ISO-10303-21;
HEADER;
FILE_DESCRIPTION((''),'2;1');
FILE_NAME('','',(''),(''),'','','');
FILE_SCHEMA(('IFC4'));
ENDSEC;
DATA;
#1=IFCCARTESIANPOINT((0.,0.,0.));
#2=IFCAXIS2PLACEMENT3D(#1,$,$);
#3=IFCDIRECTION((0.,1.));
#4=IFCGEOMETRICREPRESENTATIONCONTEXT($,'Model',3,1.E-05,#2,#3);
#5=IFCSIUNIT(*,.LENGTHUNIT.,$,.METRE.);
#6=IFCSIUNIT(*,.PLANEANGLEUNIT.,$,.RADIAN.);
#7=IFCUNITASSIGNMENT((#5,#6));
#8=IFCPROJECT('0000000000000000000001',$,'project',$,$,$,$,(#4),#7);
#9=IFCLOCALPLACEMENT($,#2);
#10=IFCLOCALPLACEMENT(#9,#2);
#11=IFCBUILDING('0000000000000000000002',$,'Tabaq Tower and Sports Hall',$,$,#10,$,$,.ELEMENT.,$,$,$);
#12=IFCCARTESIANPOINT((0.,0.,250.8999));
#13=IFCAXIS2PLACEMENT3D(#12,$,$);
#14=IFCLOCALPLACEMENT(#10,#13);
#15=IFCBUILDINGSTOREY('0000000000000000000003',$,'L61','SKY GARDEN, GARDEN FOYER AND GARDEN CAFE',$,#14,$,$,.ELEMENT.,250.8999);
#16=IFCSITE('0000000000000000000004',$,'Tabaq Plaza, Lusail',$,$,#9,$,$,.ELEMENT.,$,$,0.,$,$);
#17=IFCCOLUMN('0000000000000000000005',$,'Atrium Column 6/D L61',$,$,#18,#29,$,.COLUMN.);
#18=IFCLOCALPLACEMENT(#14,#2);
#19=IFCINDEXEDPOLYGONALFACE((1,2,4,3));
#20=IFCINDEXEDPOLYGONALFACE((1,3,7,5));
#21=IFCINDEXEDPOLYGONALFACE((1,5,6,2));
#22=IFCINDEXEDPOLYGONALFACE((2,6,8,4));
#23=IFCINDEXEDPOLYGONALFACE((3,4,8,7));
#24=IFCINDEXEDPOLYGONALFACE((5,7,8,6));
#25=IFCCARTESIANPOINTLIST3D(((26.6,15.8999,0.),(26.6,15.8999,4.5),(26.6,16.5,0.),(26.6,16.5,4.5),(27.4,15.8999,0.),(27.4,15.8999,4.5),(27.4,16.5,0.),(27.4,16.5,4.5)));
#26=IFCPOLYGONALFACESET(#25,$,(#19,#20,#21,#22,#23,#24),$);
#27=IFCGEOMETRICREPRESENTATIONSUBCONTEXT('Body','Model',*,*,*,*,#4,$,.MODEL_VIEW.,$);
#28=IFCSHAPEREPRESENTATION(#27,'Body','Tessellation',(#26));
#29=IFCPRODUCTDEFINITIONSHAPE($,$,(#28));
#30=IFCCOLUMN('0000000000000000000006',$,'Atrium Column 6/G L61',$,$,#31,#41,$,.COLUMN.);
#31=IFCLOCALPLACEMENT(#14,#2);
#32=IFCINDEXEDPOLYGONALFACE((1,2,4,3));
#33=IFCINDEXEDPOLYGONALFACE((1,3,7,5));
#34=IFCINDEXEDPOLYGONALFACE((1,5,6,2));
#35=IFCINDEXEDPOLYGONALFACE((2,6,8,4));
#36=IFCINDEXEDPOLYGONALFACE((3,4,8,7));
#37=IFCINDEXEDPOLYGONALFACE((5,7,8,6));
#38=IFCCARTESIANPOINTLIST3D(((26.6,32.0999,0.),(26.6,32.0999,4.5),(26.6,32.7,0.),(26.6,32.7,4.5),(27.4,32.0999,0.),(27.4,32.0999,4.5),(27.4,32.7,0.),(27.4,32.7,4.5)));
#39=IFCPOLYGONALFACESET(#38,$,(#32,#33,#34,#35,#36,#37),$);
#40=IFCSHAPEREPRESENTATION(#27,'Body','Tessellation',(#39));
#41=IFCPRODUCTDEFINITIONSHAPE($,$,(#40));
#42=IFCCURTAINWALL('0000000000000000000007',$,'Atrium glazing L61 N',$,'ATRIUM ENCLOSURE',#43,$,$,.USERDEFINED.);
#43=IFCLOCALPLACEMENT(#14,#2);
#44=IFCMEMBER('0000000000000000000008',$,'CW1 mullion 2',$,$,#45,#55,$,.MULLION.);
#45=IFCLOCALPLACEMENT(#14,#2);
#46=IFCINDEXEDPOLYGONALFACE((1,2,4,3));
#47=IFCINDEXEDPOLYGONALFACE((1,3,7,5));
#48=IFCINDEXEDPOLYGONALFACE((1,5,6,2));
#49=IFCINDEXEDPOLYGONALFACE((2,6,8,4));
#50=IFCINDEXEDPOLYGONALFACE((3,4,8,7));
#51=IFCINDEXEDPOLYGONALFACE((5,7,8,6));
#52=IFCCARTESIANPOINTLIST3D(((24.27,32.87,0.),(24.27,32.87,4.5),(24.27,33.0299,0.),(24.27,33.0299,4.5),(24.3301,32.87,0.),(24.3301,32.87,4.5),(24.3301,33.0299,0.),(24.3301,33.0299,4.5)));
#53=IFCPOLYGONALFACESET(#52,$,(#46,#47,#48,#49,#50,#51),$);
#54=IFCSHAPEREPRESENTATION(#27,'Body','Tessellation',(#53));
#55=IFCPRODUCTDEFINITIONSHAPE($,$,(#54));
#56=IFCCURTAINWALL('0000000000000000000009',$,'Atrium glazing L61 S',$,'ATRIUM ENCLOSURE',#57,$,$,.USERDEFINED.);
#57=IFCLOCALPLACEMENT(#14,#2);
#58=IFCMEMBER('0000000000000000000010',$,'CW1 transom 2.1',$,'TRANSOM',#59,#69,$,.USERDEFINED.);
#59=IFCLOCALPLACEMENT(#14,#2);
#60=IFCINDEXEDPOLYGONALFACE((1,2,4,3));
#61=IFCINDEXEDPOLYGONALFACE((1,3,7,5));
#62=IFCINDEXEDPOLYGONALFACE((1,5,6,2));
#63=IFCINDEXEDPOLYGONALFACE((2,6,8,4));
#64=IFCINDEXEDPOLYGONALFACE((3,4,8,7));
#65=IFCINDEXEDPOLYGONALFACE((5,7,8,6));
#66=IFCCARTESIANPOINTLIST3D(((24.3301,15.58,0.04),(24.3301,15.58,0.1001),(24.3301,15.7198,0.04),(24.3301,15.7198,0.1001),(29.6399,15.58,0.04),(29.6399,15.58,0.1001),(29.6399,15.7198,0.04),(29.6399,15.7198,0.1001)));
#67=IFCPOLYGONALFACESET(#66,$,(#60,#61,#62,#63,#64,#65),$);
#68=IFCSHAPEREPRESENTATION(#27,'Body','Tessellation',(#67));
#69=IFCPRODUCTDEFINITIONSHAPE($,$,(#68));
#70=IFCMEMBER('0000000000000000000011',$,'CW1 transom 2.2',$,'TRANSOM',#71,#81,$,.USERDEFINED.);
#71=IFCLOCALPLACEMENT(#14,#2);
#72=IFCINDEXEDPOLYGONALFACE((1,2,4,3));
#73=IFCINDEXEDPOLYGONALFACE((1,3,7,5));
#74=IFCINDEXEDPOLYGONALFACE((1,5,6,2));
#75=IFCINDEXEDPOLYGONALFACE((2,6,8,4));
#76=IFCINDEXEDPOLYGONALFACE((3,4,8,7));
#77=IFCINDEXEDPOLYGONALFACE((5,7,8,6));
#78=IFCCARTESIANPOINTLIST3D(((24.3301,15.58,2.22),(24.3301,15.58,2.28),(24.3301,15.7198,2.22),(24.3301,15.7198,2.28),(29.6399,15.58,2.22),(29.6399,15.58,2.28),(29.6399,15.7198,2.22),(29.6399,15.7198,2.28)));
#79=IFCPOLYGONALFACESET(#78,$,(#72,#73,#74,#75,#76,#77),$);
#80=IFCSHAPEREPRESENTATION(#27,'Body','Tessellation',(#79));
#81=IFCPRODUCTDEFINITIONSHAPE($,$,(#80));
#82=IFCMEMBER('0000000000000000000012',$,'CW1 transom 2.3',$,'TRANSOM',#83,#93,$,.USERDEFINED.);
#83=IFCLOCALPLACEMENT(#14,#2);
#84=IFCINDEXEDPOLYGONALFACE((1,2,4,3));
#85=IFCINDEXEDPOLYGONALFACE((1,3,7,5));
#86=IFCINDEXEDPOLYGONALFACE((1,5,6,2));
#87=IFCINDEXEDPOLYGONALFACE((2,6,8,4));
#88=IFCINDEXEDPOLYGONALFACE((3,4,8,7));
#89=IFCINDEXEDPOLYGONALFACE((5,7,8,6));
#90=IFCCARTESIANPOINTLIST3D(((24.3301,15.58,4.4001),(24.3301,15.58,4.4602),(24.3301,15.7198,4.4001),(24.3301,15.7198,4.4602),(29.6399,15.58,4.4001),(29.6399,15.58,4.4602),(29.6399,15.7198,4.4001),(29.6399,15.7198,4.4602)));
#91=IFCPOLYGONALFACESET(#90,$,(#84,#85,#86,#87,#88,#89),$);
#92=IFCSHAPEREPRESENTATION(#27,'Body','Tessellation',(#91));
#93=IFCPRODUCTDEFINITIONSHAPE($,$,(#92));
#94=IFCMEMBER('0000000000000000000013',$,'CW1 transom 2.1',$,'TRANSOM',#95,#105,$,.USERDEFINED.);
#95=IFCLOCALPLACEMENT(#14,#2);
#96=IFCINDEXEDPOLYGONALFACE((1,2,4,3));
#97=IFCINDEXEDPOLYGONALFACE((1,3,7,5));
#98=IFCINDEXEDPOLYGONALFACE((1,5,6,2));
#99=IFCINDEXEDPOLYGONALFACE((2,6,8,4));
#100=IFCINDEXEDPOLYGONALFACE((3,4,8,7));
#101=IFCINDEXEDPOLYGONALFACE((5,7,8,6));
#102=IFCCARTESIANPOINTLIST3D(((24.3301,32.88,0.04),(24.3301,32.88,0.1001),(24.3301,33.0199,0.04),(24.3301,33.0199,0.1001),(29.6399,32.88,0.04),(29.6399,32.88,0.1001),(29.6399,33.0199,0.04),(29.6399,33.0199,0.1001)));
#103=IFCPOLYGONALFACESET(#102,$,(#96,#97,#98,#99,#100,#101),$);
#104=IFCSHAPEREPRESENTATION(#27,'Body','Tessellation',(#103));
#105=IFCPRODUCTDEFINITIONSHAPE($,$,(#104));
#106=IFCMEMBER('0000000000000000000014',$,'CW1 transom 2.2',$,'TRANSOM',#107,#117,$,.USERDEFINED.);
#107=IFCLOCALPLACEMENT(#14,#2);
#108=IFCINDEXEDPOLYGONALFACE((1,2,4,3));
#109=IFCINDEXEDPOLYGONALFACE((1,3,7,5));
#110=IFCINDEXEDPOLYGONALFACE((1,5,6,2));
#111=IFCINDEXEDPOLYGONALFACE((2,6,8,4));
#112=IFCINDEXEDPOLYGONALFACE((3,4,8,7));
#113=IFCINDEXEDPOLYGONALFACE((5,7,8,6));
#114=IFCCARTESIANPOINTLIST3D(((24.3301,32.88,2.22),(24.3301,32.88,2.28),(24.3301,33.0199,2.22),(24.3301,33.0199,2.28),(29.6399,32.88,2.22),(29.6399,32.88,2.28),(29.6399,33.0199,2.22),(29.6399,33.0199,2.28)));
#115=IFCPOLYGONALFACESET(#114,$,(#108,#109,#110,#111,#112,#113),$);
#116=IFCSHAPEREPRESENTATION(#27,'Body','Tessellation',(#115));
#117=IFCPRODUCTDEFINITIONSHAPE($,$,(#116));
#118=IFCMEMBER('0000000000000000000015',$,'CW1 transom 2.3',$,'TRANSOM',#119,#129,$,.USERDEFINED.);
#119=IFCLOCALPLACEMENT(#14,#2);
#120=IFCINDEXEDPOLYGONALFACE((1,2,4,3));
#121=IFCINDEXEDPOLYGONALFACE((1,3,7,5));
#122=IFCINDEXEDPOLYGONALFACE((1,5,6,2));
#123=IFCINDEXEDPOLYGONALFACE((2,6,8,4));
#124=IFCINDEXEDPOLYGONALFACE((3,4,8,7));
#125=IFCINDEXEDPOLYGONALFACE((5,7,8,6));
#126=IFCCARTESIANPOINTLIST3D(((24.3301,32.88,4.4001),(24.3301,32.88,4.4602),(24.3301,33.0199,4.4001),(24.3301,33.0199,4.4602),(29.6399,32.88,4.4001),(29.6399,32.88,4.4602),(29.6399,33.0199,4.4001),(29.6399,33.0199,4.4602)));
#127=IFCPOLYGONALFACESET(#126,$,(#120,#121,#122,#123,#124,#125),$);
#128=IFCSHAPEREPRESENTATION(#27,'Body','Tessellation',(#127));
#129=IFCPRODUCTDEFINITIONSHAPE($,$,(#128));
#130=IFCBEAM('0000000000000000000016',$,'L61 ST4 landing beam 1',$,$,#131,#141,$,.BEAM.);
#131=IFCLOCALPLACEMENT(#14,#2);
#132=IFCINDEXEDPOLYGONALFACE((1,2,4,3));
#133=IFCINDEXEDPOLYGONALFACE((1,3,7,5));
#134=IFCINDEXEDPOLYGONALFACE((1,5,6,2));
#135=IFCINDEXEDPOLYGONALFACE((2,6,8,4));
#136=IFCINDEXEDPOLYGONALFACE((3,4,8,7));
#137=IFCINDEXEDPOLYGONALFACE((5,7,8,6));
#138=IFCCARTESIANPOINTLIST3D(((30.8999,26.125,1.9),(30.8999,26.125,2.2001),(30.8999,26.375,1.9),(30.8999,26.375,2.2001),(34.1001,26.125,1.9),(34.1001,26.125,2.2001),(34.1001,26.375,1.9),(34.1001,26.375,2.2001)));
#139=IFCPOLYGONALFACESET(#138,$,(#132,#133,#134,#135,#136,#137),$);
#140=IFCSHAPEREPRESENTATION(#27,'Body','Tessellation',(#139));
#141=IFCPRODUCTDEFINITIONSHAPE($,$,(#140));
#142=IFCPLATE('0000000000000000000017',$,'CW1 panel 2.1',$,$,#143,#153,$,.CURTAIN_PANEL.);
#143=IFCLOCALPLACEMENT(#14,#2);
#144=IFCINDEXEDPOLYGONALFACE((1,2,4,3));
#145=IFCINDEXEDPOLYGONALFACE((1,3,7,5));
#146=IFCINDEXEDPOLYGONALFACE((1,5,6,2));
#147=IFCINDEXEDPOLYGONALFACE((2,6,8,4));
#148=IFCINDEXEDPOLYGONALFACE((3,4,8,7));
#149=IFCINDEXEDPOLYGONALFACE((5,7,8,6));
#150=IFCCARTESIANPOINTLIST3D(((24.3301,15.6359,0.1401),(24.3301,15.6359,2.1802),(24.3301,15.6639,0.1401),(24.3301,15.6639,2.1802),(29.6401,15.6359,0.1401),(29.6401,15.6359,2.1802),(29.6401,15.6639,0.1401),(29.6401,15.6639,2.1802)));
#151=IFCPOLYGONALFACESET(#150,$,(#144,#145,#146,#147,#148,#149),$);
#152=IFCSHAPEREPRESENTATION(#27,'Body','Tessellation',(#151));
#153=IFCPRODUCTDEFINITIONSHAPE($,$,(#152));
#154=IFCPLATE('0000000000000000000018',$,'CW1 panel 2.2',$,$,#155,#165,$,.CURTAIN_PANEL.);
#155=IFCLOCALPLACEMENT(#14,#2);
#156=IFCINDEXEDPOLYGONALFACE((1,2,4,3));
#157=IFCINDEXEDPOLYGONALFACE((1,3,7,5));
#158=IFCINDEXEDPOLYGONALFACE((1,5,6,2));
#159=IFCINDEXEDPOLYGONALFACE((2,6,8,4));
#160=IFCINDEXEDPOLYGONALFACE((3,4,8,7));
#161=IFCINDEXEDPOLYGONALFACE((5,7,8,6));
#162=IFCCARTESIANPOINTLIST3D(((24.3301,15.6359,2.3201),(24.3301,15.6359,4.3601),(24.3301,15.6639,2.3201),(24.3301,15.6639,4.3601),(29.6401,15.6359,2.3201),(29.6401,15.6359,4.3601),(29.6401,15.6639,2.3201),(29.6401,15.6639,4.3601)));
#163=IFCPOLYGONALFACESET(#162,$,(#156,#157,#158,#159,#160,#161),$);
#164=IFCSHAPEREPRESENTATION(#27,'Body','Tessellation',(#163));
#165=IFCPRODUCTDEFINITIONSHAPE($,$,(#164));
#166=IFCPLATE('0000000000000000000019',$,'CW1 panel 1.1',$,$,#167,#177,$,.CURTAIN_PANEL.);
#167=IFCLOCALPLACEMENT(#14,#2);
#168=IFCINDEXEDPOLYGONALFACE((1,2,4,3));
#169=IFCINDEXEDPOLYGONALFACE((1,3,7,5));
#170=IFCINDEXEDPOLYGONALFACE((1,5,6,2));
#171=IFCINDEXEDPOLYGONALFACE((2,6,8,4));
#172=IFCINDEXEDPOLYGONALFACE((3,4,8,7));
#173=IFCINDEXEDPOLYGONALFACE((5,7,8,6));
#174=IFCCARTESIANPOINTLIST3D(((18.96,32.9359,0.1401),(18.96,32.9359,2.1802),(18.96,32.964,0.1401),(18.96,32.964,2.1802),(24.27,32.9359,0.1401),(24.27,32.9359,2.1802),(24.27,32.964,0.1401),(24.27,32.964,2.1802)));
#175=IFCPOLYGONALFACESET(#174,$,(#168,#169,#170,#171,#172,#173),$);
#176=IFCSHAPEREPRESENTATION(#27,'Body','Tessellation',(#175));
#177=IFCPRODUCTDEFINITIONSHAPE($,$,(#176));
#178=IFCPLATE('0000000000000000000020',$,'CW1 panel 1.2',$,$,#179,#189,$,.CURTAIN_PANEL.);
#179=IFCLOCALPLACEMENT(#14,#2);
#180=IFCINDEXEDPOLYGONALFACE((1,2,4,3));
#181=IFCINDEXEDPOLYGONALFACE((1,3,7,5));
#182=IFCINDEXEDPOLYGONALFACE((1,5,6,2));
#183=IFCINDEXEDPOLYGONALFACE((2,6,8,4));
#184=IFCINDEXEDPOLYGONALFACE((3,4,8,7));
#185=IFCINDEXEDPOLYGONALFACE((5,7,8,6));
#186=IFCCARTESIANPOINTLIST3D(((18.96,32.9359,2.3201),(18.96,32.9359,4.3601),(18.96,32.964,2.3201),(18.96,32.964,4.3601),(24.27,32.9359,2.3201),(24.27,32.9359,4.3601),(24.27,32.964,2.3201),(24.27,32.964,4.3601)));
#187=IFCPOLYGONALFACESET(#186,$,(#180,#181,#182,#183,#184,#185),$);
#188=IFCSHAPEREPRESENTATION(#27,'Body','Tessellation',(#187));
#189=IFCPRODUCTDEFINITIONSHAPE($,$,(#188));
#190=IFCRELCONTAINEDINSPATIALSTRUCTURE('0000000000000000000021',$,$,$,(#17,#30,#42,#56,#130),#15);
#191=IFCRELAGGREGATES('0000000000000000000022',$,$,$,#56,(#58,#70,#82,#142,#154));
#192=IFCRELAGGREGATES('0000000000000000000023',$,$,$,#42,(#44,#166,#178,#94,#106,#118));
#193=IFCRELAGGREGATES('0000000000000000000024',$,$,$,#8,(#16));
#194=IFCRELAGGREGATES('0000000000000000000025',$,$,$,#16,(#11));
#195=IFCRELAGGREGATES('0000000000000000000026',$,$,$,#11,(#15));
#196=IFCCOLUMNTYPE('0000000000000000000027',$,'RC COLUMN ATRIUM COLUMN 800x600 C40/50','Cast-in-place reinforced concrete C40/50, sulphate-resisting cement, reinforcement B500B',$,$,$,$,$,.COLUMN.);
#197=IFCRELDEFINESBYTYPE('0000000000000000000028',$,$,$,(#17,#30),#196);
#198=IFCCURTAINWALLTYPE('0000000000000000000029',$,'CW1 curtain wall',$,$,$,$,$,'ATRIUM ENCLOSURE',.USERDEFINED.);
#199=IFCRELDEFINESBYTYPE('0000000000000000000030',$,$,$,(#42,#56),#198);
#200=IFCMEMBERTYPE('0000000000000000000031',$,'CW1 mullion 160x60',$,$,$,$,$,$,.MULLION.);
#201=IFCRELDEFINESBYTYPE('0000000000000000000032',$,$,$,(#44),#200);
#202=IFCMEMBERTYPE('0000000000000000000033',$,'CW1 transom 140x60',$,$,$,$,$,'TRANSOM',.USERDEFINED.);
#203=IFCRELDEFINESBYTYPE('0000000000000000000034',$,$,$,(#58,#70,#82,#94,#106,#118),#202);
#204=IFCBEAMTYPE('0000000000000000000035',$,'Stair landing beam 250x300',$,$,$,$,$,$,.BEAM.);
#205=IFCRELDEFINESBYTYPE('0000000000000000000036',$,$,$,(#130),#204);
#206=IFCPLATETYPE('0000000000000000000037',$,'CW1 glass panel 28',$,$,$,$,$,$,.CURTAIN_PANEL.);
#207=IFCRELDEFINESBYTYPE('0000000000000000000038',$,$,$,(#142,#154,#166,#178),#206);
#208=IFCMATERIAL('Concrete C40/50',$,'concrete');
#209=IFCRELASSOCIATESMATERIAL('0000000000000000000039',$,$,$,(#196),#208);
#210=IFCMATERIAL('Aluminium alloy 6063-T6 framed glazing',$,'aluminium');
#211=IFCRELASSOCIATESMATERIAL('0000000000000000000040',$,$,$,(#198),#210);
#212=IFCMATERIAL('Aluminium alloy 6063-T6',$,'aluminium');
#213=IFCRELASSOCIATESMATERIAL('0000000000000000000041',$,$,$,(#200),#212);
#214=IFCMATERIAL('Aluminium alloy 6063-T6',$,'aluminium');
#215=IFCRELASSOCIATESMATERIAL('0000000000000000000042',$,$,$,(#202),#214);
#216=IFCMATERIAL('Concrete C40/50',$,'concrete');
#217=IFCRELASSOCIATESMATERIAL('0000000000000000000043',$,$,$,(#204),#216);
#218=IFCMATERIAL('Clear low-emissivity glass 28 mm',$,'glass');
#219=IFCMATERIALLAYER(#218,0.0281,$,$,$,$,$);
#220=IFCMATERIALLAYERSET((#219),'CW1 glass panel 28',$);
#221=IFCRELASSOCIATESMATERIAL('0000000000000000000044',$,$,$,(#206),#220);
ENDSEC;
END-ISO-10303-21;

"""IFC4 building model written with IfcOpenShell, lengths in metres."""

from ifc_helpers import new_model, si_unit, direction, frame, origin, origin_2d, place, context, subcontext, project, spatial, rectangle, extrude, material, layer, layer_set, material_profile, profile_set, type_object, element, aggregate, save


model = new_model("IFC4")

# Units and contexts
model_context = context("Model", 3, precision=1e-05, world=origin(), true_north=direction((0.0, 1.0)))
body_context = subcontext(model_context, "Body", "Model", "MODEL_VIEW")
ifc_project = project(units=[si_unit("LENGTHUNIT", "METRE"), si_unit("PLANEANGLEUNIT", "RADIAN")], contexts=[model_context])

# Site, building, storey
site_placement = place(None, origin())
site = spatial("IfcSite", under=ifc_project, at=site_placement, Name="Tabaq Plaza, Lusail", CompositionType="ELEMENT", RefElevation=0.0)
building_placement = place(site_placement, origin())
building = spatial("IfcBuilding", under=site, at=building_placement, Name="Tabaq Tower and Sports Hall", CompositionType="ELEMENT")
storey_placement = place(building_placement, frame((0.0, 0.0, 250.8999)))
storey = spatial("IfcBuildingStorey", under=building, at=storey_placement, Name="L61", Description="SKY GARDEN, GARDEN FOYER AND GARDEN CAFE", CompositionType="ELEMENT", Elevation=250.8999)

# Columns
ifc_material_1 = material(Name="Concrete C40/50", Category="concrete")
ifc_material_profile_1 = material_profile(ifc_material_1, rectangle(XDim=0.8, YDim=0.6001, at=origin_2d()), Name="ATRIUM COLUMN 800x600")
ifc_profile_set_1 = profile_set([ifc_material_profile_1], Name="Concrete C40/50")
column_type = type_object("IfcColumnType", Name="RC COLUMN ATRIUM COLUMN 800x600 C40/50", Description="Cast-in-place reinforced concrete C40/50, sulphate-resisting cement, reinforcement B500B", PredefinedType="COLUMN", material=ifc_profile_set_1)
for number, where, z_axis, x_axis, name in (
    (1, (27.0, 16.2, 0.0), (0.0, 0.0, 1.0), (1.0, 0.0, 0.0), "Atrium Column 6/D L61"),
    (2, (27.0, 32.3999, 0.0), (0.0, 0.0, 1.0), (1.0, 0.0, 0.0), "Atrium Column 6/G L61"),
):
    element("IfcColumn", number, at=place(storey_placement, frame(where, z_axis=z_axis, x_axis=x_axis)), inside=storey, type_object=column_type, Name=name, PredefinedType="COLUMN", context=body_context, shape_type="SweptSolid", body=[
        extrude(rectangle(XDim=0.8, YDim=0.6001, at=origin_2d()), origin(), (0.0, 0.0, 1.0), 4.5),
    ])

# Curtain wall, member
ifc_material_2 = material(Name="Aluminium alloy 6063-T6 framed glazing", Category="aluminium")
curtain_wall_type = type_object("IfcCurtainWallType", Name="CW1 curtain wall", ElementType="ATRIUM ENCLOSURE", PredefinedType="USERDEFINED", material=ifc_material_2)
curtain_wall_1_placement = place(storey_placement, origin())
curtain_wall_1 = element("IfcCurtainWall", 3, at=curtain_wall_1_placement, inside=storey, type_object=curtain_wall_type, Name="Atrium glazing L61 N", ObjectType="ATRIUM ENCLOSURE", PredefinedType="USERDEFINED")
ifc_material_3 = material(Name="Aluminium alloy 6063-T6", Category="aluminium")
ifc_material_profile_2 = material_profile(ifc_material_3, rectangle(XDim=0.1599, YDim=0.0601, at=origin_2d()), Name="MULLION 160x60")
ifc_profile_set_2 = profile_set([ifc_material_profile_2], Name="Aluminium alloy 6063-T6")
member_type_1 = type_object("IfcMemberType", Name="CW1 mullion 160x60", PredefinedType="MULLION", material=ifc_profile_set_2)
member_1_placement = place(storey_placement, frame((24.3, 32.95, 0.0), z_axis=(0.0, 0.0, 1.0), x_axis=(0.0, 1.0, 0.0)))
member_1 = element("IfcMember", 4, at=member_1_placement, type_object=member_type_1, Name="CW1 mullion 2", PredefinedType="MULLION", context=body_context, shape_type="SweptSolid", body=[
    extrude(rectangle(XDim=0.1599, YDim=0.0601, at=origin_2d()), origin(), (0.0, 0.0, 1.0), 4.5),
])

# Curtain wall, members
curtain_wall_2_placement = place(storey_placement, origin())
curtain_wall_2 = element("IfcCurtainWall", 5, at=curtain_wall_2_placement, inside=storey, type_object=curtain_wall_type, Name="Atrium glazing L61 S", ObjectType="ATRIUM ENCLOSURE", PredefinedType="USERDEFINED")
ifc_material_4 = material(Name="Aluminium alloy 6063-T6", Category="aluminium")
ifc_material_profile_3 = material_profile(ifc_material_4, rectangle(XDim=0.1399, YDim=0.0601, at=origin_2d()), Name="TRANSOM 140x60")
ifc_profile_set_3 = profile_set([ifc_material_profile_3], Name="Aluminium alloy 6063-T6")
member_type_2 = type_object("IfcMemberType", Name="CW1 transom 140x60", ElementType="TRANSOM", PredefinedType="USERDEFINED", material=ifc_profile_set_3)
member_2_placement = place(storey_placement, frame((24.3301, 15.6499, 0.0701), z_axis=(1.0, 0.0, 0.0), x_axis=(0.0, 1.0, 0.0)))
member_2 = element("IfcMember", 6, at=member_2_placement, type_object=member_type_2, Name="CW1 transom 2.1", ObjectType="TRANSOM", PredefinedType="USERDEFINED", context=body_context, shape_type="SweptSolid", body=[
    extrude(rectangle(XDim=0.1399, YDim=0.0601, at=origin_2d()), origin(), (0.0, 0.0, 1.0), 5.3098),
])
member_3_placement = place(storey_placement, frame((24.3301, 15.6499, 2.25), z_axis=(1.0, 0.0, 0.0), x_axis=(0.0, 1.0, 0.0)))
member_3 = element("IfcMember", 7, at=member_3_placement, type_object=member_type_2, Name="CW1 transom 2.2", ObjectType="TRANSOM", PredefinedType="USERDEFINED", context=body_context, shape_type="SweptSolid", body=[
    extrude(rectangle(XDim=0.1399, YDim=0.0601, at=origin_2d()), origin(), (0.0, 0.0, 1.0), 5.3098),
])
member_4_placement = place(storey_placement, frame((24.3301, 15.6499, 4.4302), z_axis=(1.0, 0.0, 0.0), x_axis=(0.0, 1.0, 0.0)))
member_4 = element("IfcMember", 8, at=member_4_placement, type_object=member_type_2, Name="CW1 transom 2.3", ObjectType="TRANSOM", PredefinedType="USERDEFINED", context=body_context, shape_type="SweptSolid", body=[
    extrude(rectangle(XDim=0.1399, YDim=0.0601, at=origin_2d()), origin(), (0.0, 0.0, 1.0), 5.3098),
])

# Members
member_5_placement = place(storey_placement, frame((24.3301, 32.95, 0.0701), z_axis=(1.0, 0.0, 0.0), x_axis=(0.0, 1.0, 0.0)))
member_5 = element("IfcMember", 9, at=member_5_placement, type_object=member_type_2, Name="CW1 transom 2.1", ObjectType="TRANSOM", PredefinedType="USERDEFINED", context=body_context, shape_type="SweptSolid", body=[
    extrude(rectangle(XDim=0.1399, YDim=0.0601, at=origin_2d()), origin(), (0.0, 0.0, 1.0), 5.3098),
])
member_6_placement = place(storey_placement, frame((24.3301, 32.95, 2.25), z_axis=(1.0, 0.0, 0.0), x_axis=(0.0, 1.0, 0.0)))
member_6 = element("IfcMember", 10, at=member_6_placement, type_object=member_type_2, Name="CW1 transom 2.2", ObjectType="TRANSOM", PredefinedType="USERDEFINED", context=body_context, shape_type="SweptSolid", body=[
    extrude(rectangle(XDim=0.1399, YDim=0.0601, at=origin_2d()), origin(), (0.0, 0.0, 1.0), 5.3098),
])
member_7_placement = place(storey_placement, frame((24.3301, 32.95, 4.4302), z_axis=(1.0, 0.0, 0.0), x_axis=(0.0, 1.0, 0.0)))
member_7 = element("IfcMember", 11, at=member_7_placement, type_object=member_type_2, Name="CW1 transom 2.3", ObjectType="TRANSOM", PredefinedType="USERDEFINED", context=body_context, shape_type="SweptSolid", body=[
    extrude(rectangle(XDim=0.1399, YDim=0.0601, at=origin_2d()), origin(), (0.0, 0.0, 1.0), 5.3098),
])

# Beam
ifc_material_5 = material(Name="Concrete C40/50", Category="concrete")
ifc_material_profile_4 = material_profile(ifc_material_5, rectangle(XDim=0.25, YDim=0.3, at=origin_2d()), Name="RC 250x300")
ifc_profile_set_4 = profile_set([ifc_material_profile_4], Name="Concrete C40/50")
beam_type = type_object("IfcBeamType", Name="Stair landing beam 250x300", PredefinedType="BEAM", material=ifc_profile_set_4)
beam_placement = place(storey_placement, frame((30.8999, 26.25, 2.05), z_axis=(1.0, 0.0, 0.0), x_axis=(0.0, 1.0, 0.0)))
element("IfcBeam", 12, at=beam_placement, inside=storey, type_object=beam_type, Name="L61 ST4 landing beam 1", PredefinedType="BEAM", context=body_context, shape_type="SweptSolid", body=[
    extrude(rectangle(XDim=0.25, YDim=0.3, at=origin_2d()), origin(), (0.0, 0.0, 1.0), 3.2002),
])

# Plates
ifc_material_6 = material(Name="Clear low-emissivity glass 28 mm", Category="glass")
ifc_layer_1 = layer(ifc_material_6, 0.0281)
ifc_layer_set_1 = layer_set([ifc_layer_1], Name="CW1 glass panel 28")
plate_type = type_object("IfcPlateType", Name="CW1 glass panel 28", PredefinedType="CURTAIN_PANEL", material=ifc_layer_set_1)
plate_1_placement = place(storey_placement, frame((26.9851, 15.6499, 0.1401), z_axis=(0.0, 0.0, 1.0), x_axis=(1.0, 0.0, 0.0)))
plate_1 = element("IfcPlate", 13, at=plate_1_placement, type_object=plate_type, Name="CW1 panel 2.1", PredefinedType="CURTAIN_PANEL", context=body_context, shape_type="SweptSolid", body=[
    extrude(rectangle(XDim=5.3101, YDim=0.0281, at=origin_2d()), origin(), (0.0, 0.0, 1.0), 2.04),
])
plate_2_placement = place(storey_placement, frame((26.9851, 15.6499, 2.3201), z_axis=(0.0, 0.0, 1.0), x_axis=(1.0, 0.0, 0.0)))
plate_2 = element("IfcPlate", 14, at=plate_2_placement, type_object=plate_type, Name="CW1 panel 2.2", PredefinedType="CURTAIN_PANEL", context=body_context, shape_type="SweptSolid", body=[
    extrude(rectangle(XDim=5.3101, YDim=0.0281, at=origin_2d()), origin(), (0.0, 0.0, 1.0), 2.04),
])
aggregate(curtain_wall_2, [member_2, member_3, member_4, plate_1, plate_2])
plate_3_placement = place(storey_placement, frame((21.615, 32.95, 0.1401), z_axis=(0.0, 0.0, 1.0), x_axis=(1.0, 0.0, 0.0)))
plate_3 = element("IfcPlate", 15, at=plate_3_placement, type_object=plate_type, Name="CW1 panel 1.1", PredefinedType="CURTAIN_PANEL", context=body_context, shape_type="SweptSolid", body=[
    extrude(rectangle(XDim=5.3101, YDim=0.0281, at=origin_2d()), origin(), (0.0, 0.0, 1.0), 2.04),
])
plate_4_placement = place(storey_placement, frame((21.615, 32.95, 2.3201), z_axis=(0.0, 0.0, 1.0), x_axis=(1.0, 0.0, 0.0)))
plate_4 = element("IfcPlate", 16, at=plate_4_placement, type_object=plate_type, Name="CW1 panel 1.2", PredefinedType="CURTAIN_PANEL", context=body_context, shape_type="SweptSolid", body=[
    extrude(rectangle(XDim=5.3101, YDim=0.0281, at=origin_2d()), origin(), (0.0, 0.0, 1.0), 2.04),
])
aggregate(curtain_wall_1, [member_1, plate_3, plate_4, member_5, member_6, member_7])

save(model, "model.ifc")
